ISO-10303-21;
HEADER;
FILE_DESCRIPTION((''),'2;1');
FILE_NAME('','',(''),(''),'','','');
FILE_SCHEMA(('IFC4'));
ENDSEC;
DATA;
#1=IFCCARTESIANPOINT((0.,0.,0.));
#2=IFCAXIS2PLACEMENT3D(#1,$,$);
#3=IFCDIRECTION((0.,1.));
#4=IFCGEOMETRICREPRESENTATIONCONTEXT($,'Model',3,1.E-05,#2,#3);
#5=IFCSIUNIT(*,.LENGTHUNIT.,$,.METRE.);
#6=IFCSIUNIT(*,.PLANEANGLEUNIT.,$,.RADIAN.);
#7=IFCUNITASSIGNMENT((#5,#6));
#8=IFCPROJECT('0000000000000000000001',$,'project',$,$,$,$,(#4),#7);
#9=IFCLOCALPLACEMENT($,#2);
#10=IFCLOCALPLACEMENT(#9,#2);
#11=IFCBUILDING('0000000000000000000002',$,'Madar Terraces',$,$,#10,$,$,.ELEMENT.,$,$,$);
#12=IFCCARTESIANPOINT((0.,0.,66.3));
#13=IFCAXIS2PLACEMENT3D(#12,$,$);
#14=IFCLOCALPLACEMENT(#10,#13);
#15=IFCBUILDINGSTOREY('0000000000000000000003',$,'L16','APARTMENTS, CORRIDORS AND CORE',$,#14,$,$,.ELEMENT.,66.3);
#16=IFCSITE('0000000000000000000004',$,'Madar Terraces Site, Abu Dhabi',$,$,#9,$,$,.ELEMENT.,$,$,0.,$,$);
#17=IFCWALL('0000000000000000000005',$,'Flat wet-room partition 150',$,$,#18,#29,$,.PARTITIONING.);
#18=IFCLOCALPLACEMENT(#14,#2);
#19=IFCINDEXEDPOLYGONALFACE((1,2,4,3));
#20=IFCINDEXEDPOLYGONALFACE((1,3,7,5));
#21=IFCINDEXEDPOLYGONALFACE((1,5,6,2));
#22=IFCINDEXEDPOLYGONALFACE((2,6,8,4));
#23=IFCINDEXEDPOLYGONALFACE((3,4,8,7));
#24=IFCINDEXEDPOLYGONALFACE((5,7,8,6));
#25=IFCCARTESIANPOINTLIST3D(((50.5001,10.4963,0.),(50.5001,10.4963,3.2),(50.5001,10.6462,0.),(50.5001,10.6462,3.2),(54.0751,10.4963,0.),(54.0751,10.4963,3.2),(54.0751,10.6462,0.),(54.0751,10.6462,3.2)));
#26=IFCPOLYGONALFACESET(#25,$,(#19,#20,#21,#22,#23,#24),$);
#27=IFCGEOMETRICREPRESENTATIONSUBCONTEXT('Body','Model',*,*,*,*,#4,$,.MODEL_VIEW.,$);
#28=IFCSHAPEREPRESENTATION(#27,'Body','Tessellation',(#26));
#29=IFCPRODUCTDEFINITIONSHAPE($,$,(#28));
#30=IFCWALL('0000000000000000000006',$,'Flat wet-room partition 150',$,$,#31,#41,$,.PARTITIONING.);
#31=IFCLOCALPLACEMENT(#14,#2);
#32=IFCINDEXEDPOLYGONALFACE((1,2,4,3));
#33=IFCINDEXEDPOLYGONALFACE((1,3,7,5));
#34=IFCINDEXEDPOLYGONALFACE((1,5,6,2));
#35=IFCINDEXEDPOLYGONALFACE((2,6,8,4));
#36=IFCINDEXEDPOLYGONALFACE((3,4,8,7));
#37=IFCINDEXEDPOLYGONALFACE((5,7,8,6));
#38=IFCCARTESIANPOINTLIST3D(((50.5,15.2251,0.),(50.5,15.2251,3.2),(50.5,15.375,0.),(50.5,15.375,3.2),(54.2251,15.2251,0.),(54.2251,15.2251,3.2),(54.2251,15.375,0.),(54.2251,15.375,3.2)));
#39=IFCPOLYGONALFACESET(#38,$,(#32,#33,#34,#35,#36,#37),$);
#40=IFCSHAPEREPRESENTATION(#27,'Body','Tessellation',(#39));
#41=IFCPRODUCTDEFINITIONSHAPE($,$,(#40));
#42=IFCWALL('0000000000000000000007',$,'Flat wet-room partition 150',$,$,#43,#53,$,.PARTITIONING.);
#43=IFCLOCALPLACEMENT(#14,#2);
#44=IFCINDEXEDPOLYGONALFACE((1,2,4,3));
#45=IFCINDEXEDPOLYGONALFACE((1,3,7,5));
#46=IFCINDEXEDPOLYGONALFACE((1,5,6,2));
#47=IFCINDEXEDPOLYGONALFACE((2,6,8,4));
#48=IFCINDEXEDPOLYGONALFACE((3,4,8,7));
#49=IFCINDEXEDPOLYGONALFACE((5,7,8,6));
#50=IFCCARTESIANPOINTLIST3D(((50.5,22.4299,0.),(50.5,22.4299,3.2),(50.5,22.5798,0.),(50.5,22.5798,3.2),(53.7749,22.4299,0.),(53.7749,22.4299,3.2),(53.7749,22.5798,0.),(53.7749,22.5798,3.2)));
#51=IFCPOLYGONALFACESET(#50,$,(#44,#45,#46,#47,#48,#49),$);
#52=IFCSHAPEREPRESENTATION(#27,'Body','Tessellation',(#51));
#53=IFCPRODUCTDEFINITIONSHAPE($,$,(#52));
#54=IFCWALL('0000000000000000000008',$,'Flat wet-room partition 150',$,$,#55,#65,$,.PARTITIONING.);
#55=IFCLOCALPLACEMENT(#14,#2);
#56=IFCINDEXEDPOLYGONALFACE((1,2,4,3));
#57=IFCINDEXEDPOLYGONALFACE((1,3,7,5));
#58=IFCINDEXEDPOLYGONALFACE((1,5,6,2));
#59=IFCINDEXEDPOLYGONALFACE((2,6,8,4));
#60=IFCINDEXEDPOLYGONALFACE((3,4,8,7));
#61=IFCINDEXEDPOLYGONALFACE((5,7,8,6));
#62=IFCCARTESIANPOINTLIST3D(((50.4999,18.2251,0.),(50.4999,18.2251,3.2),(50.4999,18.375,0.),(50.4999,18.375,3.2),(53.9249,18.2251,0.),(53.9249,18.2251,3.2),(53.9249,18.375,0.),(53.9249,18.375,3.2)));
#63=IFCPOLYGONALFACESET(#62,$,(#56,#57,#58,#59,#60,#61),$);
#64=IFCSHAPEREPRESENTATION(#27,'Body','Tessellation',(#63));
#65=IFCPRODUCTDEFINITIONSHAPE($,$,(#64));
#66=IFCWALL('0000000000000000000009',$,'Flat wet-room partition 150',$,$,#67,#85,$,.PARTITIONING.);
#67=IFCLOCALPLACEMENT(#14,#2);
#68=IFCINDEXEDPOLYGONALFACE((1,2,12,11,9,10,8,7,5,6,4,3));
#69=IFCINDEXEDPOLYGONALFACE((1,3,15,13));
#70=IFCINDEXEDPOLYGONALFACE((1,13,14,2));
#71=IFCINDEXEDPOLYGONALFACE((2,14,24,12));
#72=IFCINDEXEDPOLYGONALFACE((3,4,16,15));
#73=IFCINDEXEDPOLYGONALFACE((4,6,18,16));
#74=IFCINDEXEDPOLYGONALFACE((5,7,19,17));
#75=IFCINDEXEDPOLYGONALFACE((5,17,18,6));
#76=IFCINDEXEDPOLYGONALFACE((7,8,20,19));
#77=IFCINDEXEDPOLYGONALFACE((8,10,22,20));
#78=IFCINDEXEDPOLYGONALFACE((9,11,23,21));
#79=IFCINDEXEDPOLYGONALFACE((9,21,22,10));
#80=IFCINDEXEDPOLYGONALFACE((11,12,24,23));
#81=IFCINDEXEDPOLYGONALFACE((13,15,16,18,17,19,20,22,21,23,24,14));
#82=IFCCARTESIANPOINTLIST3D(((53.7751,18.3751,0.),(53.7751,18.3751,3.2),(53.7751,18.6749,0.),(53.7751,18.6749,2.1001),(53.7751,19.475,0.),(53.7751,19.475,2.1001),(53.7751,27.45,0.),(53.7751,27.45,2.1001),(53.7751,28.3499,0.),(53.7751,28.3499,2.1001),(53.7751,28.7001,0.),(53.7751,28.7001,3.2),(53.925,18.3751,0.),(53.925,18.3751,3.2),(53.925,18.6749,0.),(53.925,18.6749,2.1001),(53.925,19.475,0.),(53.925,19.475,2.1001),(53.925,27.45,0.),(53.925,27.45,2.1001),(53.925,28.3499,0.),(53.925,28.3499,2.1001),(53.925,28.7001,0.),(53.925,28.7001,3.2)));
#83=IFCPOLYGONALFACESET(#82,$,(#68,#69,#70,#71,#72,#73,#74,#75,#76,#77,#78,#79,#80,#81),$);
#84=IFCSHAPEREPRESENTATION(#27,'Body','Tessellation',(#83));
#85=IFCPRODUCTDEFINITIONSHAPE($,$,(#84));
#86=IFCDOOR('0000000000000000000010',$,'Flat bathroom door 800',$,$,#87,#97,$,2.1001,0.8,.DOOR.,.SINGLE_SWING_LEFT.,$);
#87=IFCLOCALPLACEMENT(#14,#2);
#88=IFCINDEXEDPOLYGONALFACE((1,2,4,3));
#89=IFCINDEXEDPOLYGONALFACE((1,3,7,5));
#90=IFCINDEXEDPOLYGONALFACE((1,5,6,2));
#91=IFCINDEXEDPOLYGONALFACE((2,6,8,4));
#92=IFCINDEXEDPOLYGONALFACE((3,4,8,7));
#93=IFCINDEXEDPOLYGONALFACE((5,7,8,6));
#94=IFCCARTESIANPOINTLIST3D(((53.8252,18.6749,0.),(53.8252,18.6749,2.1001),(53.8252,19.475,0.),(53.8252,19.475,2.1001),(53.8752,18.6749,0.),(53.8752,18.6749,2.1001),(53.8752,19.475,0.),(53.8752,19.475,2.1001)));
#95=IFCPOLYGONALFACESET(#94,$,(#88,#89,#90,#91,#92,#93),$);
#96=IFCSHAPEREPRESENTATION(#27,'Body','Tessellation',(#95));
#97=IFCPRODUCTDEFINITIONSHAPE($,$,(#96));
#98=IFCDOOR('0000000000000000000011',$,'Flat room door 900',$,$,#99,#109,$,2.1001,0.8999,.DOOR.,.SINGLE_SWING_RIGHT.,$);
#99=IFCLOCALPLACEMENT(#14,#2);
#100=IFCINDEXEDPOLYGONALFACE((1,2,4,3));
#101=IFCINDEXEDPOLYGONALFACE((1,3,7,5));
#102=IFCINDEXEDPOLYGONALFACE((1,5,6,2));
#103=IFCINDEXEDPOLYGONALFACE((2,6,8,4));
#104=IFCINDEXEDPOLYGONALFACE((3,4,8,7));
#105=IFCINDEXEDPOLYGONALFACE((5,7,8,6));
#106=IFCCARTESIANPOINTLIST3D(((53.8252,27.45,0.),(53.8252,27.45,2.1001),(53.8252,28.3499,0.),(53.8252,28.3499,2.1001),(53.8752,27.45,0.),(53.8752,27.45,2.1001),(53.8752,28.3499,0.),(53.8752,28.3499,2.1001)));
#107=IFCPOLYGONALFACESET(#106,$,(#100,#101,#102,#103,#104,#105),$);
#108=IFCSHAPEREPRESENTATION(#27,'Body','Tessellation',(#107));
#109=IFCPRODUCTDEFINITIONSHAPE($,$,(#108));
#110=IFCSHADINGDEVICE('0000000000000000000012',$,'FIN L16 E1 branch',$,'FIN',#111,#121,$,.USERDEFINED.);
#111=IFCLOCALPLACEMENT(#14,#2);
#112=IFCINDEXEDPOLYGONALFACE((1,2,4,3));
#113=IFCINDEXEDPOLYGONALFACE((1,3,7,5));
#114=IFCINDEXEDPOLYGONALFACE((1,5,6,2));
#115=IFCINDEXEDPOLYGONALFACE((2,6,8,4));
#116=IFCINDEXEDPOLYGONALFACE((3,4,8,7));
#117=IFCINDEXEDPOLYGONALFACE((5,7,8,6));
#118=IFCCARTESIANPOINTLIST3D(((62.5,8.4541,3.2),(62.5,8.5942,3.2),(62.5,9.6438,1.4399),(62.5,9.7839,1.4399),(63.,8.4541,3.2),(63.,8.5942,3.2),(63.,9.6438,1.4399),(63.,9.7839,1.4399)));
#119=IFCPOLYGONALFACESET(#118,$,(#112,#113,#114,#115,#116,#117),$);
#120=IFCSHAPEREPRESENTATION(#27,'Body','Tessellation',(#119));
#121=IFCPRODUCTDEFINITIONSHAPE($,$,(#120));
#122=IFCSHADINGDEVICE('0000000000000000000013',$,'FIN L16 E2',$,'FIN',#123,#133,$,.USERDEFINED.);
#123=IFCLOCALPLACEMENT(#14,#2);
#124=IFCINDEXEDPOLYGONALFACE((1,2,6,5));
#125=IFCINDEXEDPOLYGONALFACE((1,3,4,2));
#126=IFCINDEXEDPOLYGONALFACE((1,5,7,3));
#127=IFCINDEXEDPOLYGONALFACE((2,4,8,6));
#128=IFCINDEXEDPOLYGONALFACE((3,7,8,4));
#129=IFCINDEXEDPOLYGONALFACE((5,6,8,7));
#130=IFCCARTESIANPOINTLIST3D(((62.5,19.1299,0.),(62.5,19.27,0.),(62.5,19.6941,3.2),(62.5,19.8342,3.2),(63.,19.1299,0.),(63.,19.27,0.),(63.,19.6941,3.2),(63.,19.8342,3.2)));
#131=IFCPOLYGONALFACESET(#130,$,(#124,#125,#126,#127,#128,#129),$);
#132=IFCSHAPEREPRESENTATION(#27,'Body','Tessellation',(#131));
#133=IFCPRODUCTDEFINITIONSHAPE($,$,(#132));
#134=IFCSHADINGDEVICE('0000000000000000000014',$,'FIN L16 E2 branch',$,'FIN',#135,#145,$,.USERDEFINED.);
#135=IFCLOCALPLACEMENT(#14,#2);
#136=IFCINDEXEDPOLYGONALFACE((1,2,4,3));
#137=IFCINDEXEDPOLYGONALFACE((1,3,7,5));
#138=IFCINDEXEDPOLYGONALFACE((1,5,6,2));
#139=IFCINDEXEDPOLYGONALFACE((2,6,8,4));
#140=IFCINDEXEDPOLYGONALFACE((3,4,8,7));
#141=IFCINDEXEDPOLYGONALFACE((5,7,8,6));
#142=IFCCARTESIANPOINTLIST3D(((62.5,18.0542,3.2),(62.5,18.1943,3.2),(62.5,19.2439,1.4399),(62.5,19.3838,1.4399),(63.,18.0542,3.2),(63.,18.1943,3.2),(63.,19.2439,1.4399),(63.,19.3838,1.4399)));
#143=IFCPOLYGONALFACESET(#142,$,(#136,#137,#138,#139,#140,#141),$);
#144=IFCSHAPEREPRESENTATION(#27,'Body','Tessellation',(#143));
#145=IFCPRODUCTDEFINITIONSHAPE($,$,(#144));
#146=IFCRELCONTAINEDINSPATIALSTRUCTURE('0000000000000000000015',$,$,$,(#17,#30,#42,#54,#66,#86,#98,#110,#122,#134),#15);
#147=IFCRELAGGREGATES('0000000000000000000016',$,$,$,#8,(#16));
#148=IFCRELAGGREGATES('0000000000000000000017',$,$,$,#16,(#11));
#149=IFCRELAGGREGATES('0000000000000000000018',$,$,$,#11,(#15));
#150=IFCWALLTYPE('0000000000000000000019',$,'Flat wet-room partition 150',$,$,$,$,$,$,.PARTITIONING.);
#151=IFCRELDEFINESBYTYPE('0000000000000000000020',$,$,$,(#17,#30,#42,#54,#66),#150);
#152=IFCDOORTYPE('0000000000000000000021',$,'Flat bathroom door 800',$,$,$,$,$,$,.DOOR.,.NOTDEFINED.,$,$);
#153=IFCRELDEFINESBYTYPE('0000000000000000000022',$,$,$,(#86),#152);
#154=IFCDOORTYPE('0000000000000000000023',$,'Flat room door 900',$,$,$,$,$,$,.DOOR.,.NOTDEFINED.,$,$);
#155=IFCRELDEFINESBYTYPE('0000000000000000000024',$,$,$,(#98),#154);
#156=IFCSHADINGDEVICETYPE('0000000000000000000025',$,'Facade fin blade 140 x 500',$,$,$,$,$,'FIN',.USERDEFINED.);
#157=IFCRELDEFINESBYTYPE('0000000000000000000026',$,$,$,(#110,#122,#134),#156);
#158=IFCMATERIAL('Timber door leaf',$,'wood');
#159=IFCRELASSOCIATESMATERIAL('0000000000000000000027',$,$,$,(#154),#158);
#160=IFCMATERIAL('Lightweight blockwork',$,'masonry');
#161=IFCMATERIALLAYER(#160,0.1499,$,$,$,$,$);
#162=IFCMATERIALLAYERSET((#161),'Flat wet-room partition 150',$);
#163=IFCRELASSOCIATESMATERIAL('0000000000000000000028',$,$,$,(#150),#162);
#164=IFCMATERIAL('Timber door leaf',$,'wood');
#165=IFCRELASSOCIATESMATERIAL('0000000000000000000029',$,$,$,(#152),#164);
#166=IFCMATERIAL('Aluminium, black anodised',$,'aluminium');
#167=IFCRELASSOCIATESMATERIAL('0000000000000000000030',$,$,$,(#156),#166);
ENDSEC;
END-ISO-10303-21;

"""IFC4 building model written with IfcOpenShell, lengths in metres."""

from ifc_helpers import new_model, si_unit, direction, frame, frame_2d, origin, place, context, subcontext, project, spatial, polyline, rectangle, outline, extrude, material, layer, layer_set, type_object, element, fill, save


model = new_model("IFC4")

# Units and contexts
model_context = context("Model", 3, precision=1e-05, world=origin(), true_north=direction((0.0, 1.0)))
body_context = subcontext(model_context, "Body", "Model", "MODEL_VIEW")
ifc_project = project(units=[si_unit("LENGTHUNIT", "METRE"), si_unit("PLANEANGLEUNIT", "RADIAN")], contexts=[model_context])

# Site, building, storey
site_placement = place(None, origin())
site = spatial("IfcSite", under=ifc_project, at=site_placement, Name="Madar Terraces Site, Abu Dhabi", CompositionType="ELEMENT", RefElevation=0.0)
building_placement = place(site_placement, origin())
building = spatial("IfcBuilding", under=site, at=building_placement, Name="Madar Terraces", CompositionType="ELEMENT")
storey_placement = place(building_placement, frame((0.0, 0.0, 66.3)))
storey = spatial("IfcBuildingStorey", under=building, at=storey_placement, Name="L16", Description="APARTMENTS, CORRIDORS AND CORE", CompositionType="ELEMENT", Elevation=66.3)

# Shared definitions
ifc_material_1 = material(Name="Timber door leaf", Category="wood")
door_type_1 = type_object("IfcDoorType", Name="Flat room door 900", OperationType="NOTDEFINED", PredefinedType="DOOR", material=ifc_material_1)

# Walls
ifc_material_2 = material(Name="Lightweight blockwork", Category="masonry")
ifc_layer_1 = layer(ifc_material_2, 0.1499)
ifc_layer_set_1 = layer_set([ifc_layer_1], Name="Flat wet-room partition 150")
wall_type_1 = type_object("IfcWallType", Name="Flat wet-room partition 150", PredefinedType="PARTITIONING", material=ifc_layer_set_1)
wall_1_placement = place(storey_placement, frame((50.5, 10.5713, 0.0), z_axis=(0.0, 0.0, 1.0), x_axis=(1.0, 0.0, 0.0)))
element("IfcWall", 1, at=wall_1_placement, inside=storey, type_object=wall_type_1, Name="Flat wet-room partition 150", PredefinedType="PARTITIONING", context=body_context, shape_type="SweptSolid", body=[
    extrude(rectangle(XDim=3.575, YDim=0.1499, at=frame_2d((1.7876, 0.0))), origin(), (0.0, 0.0, 1.0), 3.2),
])
wall_2_placement = place(storey_placement, frame((50.5, 15.3, 0.0), z_axis=(0.0, 0.0, 1.0), x_axis=(1.0, 0.0, 0.0)))
element("IfcWall", 2, at=wall_2_placement, inside=storey, type_object=wall_type_1, Name="Flat wet-room partition 150", PredefinedType="PARTITIONING", context=body_context, shape_type="SweptSolid", body=[
    extrude(rectangle(XDim=3.7251, YDim=0.1499, at=frame_2d((1.8625, 0.0))), origin(), (0.0, 0.0, 1.0), 3.2),
])
wall_3_placement = place(storey_placement, frame((50.5, 22.5049, 0.0), z_axis=(0.0, 0.0, 1.0), x_axis=(1.0, 0.0, 0.0)))
element("IfcWall", 3, at=wall_3_placement, inside=storey, type_object=wall_type_1, Name="Flat wet-room partition 150", PredefinedType="PARTITIONING", context=body_context, shape_type="SweptSolid", body=[
    extrude(rectangle(XDim=3.2749, YDim=0.1499, at=frame_2d((1.6375, 0.0))), origin(), (0.0, 0.0, 1.0), 3.2),
])
wall_4_placement = place(storey_placement, frame((50.5, 18.3, 0.0), z_axis=(0.0, 0.0, 1.0), x_axis=(1.0, 0.0, 0.0)))
element("IfcWall", 4, at=wall_4_placement, inside=storey, type_object=wall_type_1, Name="Flat wet-room partition 150", PredefinedType="PARTITIONING", context=body_context, shape_type="SweptSolid", body=[
    extrude(rectangle(XDim=3.425, YDim=0.1499, at=frame_2d((1.7124, 0.0))), origin(), (0.0, 0.0, 1.0), 3.2),
])

# Wall, openings, doors
wall_5_placement = place(storey_placement, frame((53.8501, 18.375, 0.0), z_axis=(0.0, 0.0, 1.0), x_axis=(0.0, 1.0, 0.0)))
wall_5 = element("IfcWall", 5, at=wall_5_placement, inside=storey, type_object=wall_type_1, Name="Flat wet-room partition 150", PredefinedType="PARTITIONING", context=body_context, shape_type="SweptSolid", body=[
    extrude(rectangle(XDim=10.325, YDim=0.1499, at=frame_2d((5.1626, 0.0))), origin(), (0.0, 0.0, 1.0), 3.2),
])
opening_1_placement = place(wall_5_placement, frame((0.3, 0.0, 0.0)))
opening_1 = element("IfcOpeningElement", 6, at=opening_1_placement, cuts=wall_5, PredefinedType="OPENING", context=body_context, shape_type="SweptSolid", body=[
    extrude(rectangle(XDim=0.8, YDim=2.1001, at=frame_2d((0.3999, 1.05))), frame((0.0, 0.085, 0.0), z_axis=(0.0, -1.0, 0.0), x_axis=(1.0, 0.0, 0.0)), (0.0, 0.0, 1.0), 0.1699),
])
opening_2_placement = place(wall_5_placement, frame((9.075, 0.0, 0.0)))
opening_2 = element("IfcOpeningElement", 7, at=opening_2_placement, cuts=wall_5, PredefinedType="OPENING", context=body_context, shape_type="SweptSolid", body=[
    extrude(rectangle(XDim=0.8999, YDim=2.1001, at=frame_2d((0.45, 1.05))), frame((0.0, 0.085, 0.0), z_axis=(0.0, -1.0, 0.0), x_axis=(1.0, 0.0, 0.0)), (0.0, 0.0, 1.0), 0.1699),
])
ifc_material_3 = material(Name="Timber door leaf", Category="wood")
door_type_2 = type_object("IfcDoorType", Name="Flat bathroom door 800", OperationType="NOTDEFINED", PredefinedType="DOOR", material=ifc_material_3)
door_1_placement = place(opening_1_placement, origin())
door_1 = element("IfcDoor", 8, at=door_1_placement, inside=storey, type_object=door_type_2, Name="Flat bathroom door 800", OperationType="SINGLE_SWING_LEFT", OverallHeight=2.1001, OverallWidth=0.8, PredefinedType="DOOR", context=body_context, shape_type="SweptSolid", body=[
    extrude(rectangle(XDim=0.8, YDim=2.1001, at=frame_2d((0.3999, 1.05))), frame((0.0, 0.0249, 0.0), z_axis=(0.0, -1.0, 0.0), x_axis=(1.0, 0.0, 0.0)), (0.0, 0.0, 1.0), 0.05),
])
fill(opening_1, door_1)
door_2_placement = place(opening_2_placement, origin())
door_2 = element("IfcDoor", 9, at=door_2_placement, inside=storey, type_object=door_type_1, Name="Flat room door 900", OperationType="SINGLE_SWING_RIGHT", OverallHeight=2.1001, OverallWidth=0.8999, PredefinedType="DOOR", context=body_context, shape_type="SweptSolid", body=[
    extrude(rectangle(XDim=0.8999, YDim=2.1001, at=frame_2d((0.45, 1.05))), frame((0.0, 0.0249, 0.0), z_axis=(0.0, -1.0, 0.0), x_axis=(1.0, 0.0, 0.0)), (0.0, 0.0, 1.0), 0.05),
])
fill(opening_2, door_2)

# Shading devices
ifc_material_4 = material(Name="Aluminium, black anodised", Category="aluminium")
shading_device_type = type_object("IfcShadingDeviceType", Name="Facade fin blade 140 x 500", ElementType="FIN", PredefinedType="USERDEFINED", material=ifc_material_4)
shading_device_1_placement = place(storey_placement, frame((62.75, 9.6438, 1.4399), z_axis=(0.0, 0.0, 1.0), x_axis=(0.0, 1.0, 0.0)))
element("IfcShadingDevice", 10, at=shading_device_1_placement, inside=storey, type_object=shading_device_type, Name="FIN L16 E1 branch", ObjectType="FIN", PredefinedType="USERDEFINED", context=body_context, shape_type="SweptSolid", body=[
    extrude(outline(polyline([(0.0, 0.0), (0.1401, 0.0), (-1.0496, 1.76), (-1.1897, 1.76), (0.0, 0.0)])), frame((0.0, 0.25, 0.0), z_axis=(0.0, -1.0, 0.0), x_axis=(1.0, 0.0, 0.0)), (0.0, 0.0, 1.0), 0.5),
])
shading_device_2_placement = place(storey_placement, frame((62.75, 19.1299, 0.0), z_axis=(0.0, 0.0, 1.0), x_axis=(0.0, 1.0, 0.0)))
element("IfcShadingDevice", 11, at=shading_device_2_placement, inside=storey, type_object=shading_device_type, Name="FIN L16 E2", ObjectType="FIN", PredefinedType="USERDEFINED", context=body_context, shape_type="SweptSolid", body=[
    extrude(outline(polyline([(0.0, 0.0), (0.1401, 0.0), (0.7043, 3.2), (0.5642, 3.2), (0.0, 0.0)])), frame((0.0, 0.25, 0.0), z_axis=(0.0, -1.0, 0.0), x_axis=(1.0, 0.0, 0.0)), (0.0, 0.0, 1.0), 0.5),
])
shading_device_3_placement = place(storey_placement, frame((62.75, 19.2439, 1.4399), z_axis=(0.0, 0.0, 1.0), x_axis=(0.0, 1.0, 0.0)))
element("IfcShadingDevice", 12, at=shading_device_3_placement, inside=storey, type_object=shading_device_type, Name="FIN L16 E2 branch", ObjectType="FIN", PredefinedType="USERDEFINED", context=body_context, shape_type="SweptSolid", body=[
    extrude(outline(polyline([(0.0, 0.0), (0.1399, 0.0), (-1.0496, 1.76), (-1.1897, 1.76), (0.0, 0.0)])), frame((0.0, 0.25, 0.0), z_axis=(0.0, -1.0, 0.0), x_axis=(1.0, 0.0, 0.0)), (0.0, 0.0, 1.0), 0.5),
])

save(model, "model.ifc")
